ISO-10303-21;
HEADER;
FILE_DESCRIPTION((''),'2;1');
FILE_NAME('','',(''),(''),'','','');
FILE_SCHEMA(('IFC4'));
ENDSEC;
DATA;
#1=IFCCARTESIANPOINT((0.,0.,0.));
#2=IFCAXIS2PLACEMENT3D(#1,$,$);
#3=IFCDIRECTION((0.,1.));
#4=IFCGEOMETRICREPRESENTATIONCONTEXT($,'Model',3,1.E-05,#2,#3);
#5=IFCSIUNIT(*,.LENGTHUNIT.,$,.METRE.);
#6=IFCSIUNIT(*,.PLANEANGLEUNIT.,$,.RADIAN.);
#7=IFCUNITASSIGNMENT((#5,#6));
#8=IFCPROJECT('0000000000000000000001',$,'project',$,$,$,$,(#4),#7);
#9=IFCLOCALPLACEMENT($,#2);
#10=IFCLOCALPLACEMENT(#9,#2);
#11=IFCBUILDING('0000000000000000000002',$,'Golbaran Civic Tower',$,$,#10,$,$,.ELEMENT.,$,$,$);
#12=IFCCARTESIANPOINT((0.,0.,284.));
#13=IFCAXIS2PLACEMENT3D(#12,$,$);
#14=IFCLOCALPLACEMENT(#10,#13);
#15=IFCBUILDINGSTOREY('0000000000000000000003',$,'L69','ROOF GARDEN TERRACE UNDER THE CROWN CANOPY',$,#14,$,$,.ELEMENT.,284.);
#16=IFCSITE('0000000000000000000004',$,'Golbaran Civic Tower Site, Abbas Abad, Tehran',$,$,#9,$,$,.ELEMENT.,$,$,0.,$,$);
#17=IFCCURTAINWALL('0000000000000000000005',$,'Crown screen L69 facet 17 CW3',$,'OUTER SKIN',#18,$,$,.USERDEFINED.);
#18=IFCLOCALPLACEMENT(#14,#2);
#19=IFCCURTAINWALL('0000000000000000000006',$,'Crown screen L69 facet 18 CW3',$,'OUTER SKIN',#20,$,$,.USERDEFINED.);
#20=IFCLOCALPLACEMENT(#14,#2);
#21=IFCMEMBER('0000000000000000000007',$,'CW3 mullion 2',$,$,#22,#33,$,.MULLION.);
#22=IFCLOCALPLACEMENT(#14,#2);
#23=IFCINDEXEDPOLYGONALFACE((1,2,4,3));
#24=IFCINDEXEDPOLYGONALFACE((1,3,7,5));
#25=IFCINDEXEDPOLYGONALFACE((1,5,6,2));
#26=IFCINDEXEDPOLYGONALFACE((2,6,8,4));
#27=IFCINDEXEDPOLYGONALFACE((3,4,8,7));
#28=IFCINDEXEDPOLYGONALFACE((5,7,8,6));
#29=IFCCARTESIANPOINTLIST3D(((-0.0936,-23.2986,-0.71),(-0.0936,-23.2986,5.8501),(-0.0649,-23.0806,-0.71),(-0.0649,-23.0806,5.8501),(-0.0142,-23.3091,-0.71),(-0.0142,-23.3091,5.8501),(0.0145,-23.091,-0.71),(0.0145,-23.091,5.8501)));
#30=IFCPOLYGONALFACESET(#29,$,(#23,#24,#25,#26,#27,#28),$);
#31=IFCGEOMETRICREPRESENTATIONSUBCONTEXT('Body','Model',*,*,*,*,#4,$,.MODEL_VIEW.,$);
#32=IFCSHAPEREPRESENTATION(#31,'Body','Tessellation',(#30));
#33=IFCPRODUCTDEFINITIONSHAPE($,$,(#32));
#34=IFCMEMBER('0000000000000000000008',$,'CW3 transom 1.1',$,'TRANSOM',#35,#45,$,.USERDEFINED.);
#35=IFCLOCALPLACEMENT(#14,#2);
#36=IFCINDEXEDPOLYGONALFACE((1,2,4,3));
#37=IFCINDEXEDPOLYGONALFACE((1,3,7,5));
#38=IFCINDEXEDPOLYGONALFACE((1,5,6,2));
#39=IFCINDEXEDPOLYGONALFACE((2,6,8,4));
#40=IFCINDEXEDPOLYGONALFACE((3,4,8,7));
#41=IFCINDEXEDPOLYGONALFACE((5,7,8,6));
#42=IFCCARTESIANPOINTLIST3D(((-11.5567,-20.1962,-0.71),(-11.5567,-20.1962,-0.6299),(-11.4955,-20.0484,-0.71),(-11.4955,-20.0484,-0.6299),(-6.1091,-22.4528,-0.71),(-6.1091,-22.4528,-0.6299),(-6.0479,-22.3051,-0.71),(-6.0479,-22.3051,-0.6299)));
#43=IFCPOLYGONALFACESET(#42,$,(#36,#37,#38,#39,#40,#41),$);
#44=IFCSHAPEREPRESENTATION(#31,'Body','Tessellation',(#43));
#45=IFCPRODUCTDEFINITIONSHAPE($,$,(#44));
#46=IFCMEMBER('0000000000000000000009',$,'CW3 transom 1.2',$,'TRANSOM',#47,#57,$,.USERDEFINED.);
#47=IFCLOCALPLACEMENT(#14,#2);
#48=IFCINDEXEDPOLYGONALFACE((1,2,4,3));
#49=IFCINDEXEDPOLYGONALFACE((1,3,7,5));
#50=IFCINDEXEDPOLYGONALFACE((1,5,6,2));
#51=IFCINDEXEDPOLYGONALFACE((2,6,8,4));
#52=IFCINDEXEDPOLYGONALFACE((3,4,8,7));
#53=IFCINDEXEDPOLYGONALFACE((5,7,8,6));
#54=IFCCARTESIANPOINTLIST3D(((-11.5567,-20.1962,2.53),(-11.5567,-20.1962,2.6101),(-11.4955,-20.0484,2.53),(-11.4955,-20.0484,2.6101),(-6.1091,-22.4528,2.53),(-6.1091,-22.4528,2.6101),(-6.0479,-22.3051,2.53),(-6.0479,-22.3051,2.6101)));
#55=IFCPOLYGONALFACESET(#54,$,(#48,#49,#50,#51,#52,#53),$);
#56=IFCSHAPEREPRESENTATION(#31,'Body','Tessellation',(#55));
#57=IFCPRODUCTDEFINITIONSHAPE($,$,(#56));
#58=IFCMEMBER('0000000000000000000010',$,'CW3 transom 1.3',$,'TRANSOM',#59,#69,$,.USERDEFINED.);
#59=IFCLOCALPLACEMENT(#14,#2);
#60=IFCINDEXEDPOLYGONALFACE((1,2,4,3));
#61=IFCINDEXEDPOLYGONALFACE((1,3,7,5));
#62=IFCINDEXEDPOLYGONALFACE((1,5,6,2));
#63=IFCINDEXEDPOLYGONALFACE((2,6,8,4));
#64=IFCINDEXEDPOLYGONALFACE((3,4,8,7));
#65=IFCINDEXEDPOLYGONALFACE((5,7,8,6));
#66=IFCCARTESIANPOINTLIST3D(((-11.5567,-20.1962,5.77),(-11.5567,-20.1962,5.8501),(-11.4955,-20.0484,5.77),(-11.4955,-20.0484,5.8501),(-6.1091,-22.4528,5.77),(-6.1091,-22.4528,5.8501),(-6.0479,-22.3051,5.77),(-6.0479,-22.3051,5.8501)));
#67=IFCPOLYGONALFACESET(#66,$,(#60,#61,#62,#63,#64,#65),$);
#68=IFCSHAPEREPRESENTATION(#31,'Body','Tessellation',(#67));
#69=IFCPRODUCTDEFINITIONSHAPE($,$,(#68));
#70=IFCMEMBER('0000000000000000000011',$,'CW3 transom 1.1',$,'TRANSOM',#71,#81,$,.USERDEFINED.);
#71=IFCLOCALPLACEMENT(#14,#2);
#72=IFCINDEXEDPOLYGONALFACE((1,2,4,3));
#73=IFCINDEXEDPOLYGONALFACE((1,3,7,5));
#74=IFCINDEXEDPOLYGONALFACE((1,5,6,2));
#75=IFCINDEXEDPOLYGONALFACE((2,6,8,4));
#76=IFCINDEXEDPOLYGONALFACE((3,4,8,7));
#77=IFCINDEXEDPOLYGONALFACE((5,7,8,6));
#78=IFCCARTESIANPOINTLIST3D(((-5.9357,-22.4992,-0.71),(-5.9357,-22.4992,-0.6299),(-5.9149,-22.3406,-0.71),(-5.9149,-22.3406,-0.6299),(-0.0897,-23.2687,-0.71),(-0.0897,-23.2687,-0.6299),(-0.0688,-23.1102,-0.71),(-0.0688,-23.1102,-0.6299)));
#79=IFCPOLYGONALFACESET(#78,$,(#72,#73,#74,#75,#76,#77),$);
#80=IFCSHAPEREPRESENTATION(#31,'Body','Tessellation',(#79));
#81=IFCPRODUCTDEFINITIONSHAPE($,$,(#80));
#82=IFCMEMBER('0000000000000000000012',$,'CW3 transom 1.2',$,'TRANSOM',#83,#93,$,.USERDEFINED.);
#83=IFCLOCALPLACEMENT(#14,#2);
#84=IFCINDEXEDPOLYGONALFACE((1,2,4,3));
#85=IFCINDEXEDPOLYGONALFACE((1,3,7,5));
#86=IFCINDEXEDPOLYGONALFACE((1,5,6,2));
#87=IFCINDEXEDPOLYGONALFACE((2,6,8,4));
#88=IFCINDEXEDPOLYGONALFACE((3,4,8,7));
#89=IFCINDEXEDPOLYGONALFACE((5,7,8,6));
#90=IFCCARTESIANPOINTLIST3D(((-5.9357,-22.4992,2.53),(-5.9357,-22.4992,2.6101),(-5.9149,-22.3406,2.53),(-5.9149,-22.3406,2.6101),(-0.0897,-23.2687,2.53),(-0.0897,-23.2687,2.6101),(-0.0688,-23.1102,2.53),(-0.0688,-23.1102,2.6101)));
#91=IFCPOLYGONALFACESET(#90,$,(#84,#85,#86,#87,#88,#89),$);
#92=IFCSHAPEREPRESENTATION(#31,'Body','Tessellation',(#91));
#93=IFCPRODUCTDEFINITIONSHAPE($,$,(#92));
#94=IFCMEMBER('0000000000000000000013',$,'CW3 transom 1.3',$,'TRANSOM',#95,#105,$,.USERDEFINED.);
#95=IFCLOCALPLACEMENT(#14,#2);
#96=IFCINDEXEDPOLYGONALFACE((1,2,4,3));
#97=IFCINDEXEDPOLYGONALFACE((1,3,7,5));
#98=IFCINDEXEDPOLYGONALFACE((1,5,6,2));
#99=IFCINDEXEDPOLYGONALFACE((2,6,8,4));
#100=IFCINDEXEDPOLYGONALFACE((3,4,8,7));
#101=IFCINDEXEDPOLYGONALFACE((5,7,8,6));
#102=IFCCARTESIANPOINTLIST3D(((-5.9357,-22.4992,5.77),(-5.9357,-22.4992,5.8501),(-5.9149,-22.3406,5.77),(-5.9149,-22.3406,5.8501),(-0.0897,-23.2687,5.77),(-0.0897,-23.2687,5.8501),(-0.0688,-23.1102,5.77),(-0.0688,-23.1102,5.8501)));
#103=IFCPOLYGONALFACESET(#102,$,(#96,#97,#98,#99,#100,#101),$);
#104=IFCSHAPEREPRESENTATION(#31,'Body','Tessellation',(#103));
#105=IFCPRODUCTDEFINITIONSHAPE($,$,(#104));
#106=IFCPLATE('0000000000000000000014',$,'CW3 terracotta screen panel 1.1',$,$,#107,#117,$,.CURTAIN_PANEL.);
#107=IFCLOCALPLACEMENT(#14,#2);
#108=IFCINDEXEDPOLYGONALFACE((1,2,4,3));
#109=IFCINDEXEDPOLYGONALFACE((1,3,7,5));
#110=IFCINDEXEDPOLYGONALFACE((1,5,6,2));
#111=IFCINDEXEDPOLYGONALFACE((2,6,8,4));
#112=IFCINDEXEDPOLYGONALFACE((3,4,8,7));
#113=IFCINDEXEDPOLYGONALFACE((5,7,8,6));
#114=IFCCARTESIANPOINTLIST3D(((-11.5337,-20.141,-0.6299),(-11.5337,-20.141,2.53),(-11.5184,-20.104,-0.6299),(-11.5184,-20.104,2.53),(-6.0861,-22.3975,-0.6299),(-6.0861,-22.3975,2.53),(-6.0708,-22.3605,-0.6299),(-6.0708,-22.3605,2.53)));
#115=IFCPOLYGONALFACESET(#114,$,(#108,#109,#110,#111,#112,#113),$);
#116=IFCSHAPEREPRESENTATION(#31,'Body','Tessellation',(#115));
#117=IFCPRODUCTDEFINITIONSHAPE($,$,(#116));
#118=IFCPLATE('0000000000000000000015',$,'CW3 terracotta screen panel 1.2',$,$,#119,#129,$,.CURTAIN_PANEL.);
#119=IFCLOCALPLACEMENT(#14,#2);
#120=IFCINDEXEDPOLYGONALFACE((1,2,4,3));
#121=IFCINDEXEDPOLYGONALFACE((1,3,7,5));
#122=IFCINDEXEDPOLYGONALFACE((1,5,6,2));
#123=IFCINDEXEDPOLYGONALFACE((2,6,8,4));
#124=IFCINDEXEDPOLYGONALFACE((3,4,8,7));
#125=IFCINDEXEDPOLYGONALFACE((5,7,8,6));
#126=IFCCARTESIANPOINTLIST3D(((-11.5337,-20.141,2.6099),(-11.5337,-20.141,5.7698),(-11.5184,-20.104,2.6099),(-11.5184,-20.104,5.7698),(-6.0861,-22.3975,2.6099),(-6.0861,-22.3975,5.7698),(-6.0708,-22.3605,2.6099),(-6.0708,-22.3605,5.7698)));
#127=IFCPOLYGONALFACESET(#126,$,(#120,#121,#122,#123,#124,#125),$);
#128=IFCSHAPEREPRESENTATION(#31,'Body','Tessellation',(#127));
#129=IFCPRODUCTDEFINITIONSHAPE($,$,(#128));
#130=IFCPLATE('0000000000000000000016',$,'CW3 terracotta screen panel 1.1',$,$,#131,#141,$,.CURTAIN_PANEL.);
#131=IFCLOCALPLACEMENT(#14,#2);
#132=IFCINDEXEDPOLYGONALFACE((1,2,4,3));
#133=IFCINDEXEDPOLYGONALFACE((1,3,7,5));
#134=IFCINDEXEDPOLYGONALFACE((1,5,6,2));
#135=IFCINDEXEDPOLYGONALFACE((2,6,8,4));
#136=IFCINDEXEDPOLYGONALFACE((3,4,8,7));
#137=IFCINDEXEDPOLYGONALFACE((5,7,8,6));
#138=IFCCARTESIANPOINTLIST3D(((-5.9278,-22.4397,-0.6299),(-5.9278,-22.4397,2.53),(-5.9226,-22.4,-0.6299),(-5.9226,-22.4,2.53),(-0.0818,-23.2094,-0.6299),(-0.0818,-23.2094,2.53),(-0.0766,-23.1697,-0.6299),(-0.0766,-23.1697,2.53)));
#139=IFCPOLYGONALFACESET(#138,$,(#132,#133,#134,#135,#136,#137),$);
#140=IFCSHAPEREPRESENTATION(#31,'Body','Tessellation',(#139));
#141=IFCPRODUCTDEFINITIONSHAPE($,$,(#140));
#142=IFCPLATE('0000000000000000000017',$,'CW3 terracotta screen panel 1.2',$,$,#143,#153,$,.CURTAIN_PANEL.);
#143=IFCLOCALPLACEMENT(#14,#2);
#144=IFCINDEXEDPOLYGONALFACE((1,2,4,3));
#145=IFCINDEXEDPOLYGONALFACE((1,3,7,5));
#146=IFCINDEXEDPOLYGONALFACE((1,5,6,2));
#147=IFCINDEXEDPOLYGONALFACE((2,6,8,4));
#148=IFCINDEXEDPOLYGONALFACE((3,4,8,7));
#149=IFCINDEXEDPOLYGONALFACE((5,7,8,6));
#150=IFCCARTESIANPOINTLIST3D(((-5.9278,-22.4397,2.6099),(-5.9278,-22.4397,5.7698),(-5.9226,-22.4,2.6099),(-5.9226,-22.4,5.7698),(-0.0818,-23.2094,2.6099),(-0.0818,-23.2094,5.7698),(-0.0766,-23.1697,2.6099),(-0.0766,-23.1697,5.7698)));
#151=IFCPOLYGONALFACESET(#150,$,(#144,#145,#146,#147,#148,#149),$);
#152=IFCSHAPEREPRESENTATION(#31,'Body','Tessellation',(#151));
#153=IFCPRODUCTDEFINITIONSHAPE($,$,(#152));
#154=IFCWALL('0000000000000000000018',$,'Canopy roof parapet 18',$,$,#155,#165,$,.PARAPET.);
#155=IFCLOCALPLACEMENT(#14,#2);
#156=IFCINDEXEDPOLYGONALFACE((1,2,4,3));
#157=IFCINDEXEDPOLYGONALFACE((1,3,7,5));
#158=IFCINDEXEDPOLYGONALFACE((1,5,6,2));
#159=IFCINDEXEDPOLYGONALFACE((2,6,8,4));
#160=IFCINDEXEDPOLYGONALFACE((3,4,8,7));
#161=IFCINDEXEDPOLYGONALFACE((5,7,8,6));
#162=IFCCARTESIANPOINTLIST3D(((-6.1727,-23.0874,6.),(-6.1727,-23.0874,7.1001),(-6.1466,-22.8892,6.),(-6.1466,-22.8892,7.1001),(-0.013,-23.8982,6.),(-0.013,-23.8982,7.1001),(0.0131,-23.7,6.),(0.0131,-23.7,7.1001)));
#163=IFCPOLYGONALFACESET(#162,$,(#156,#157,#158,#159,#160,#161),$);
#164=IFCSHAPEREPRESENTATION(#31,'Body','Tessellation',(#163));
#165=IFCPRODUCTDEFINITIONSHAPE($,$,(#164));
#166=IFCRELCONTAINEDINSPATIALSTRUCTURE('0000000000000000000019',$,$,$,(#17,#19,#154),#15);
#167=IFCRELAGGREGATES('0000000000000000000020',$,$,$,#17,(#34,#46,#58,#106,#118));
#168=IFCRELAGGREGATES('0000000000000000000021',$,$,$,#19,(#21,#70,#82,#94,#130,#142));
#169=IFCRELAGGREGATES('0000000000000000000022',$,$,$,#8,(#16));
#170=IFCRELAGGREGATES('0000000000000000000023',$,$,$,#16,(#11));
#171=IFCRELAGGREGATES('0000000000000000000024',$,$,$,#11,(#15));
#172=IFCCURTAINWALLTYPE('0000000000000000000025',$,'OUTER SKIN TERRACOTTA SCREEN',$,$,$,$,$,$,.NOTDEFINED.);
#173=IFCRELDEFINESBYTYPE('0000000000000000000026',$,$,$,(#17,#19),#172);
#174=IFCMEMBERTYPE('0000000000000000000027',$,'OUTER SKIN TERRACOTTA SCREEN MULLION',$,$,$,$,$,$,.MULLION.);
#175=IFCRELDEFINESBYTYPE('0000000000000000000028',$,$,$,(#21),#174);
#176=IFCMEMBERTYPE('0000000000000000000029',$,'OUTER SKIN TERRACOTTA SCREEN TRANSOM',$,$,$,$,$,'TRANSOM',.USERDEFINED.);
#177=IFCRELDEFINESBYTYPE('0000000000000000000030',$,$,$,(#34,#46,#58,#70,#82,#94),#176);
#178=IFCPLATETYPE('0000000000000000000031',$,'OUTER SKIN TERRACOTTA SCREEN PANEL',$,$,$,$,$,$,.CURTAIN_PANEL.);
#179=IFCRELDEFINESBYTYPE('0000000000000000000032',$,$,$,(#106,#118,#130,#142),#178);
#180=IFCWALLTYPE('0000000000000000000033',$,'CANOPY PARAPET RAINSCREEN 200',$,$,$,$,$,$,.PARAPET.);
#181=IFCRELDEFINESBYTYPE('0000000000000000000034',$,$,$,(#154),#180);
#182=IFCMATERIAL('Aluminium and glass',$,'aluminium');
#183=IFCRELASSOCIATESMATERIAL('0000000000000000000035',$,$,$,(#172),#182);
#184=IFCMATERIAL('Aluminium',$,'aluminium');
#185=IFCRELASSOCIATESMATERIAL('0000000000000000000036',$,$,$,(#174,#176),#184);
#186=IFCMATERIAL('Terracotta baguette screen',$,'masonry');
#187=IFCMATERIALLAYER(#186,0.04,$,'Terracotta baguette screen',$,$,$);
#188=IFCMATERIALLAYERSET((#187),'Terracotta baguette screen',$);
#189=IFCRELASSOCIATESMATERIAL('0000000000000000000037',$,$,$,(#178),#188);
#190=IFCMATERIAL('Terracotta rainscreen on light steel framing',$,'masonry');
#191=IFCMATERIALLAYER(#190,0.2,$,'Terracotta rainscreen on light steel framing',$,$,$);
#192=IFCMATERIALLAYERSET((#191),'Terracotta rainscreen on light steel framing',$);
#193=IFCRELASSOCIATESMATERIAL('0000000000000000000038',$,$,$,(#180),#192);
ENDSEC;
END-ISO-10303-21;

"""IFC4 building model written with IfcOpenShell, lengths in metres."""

from ifc_helpers import new_model, si_unit, direction, frame, frame_2d, origin, origin_2d, place, context, subcontext, project, spatial, rectangle, extrude, material, layer, layer_set, material_profile, profile_set, type_object, element, aggregate, save


model = new_model("IFC4")

# Units and contexts
model_context = context("Model", 3, precision=1e-05, world=origin(), true_north=direction((0.0, 1.0)))
body_context = subcontext(model_context, "Body", "Model", "MODEL_VIEW")
ifc_project = project(units=[si_unit("LENGTHUNIT", "METRE"), si_unit("PLANEANGLEUNIT", "RADIAN")], contexts=[model_context])

# Site, building, storey
site_placement = place(None, origin())
site = spatial("IfcSite", under=ifc_project, at=site_placement, Name="Golbaran Civic Tower Site, Abbas Abad, Tehran", CompositionType="ELEMENT", RefElevation=0.0)
building_placement = place(site_placement, origin())
building = spatial("IfcBuilding", under=site, at=building_placement, Name="Golbaran Civic Tower", CompositionType="ELEMENT")
storey_placement = place(building_placement, frame((0.0, 0.0, 284.0)))
storey = spatial("IfcBuildingStorey", under=building, at=storey_placement, Name="L69", Description="ROOF GARDEN TERRACE UNDER THE CROWN CANOPY", CompositionType="ELEMENT", Elevation=284.0)

# Curtain walls, member
ifc_material_1 = material(Name="Aluminium and glass", Category="aluminium")
curtain_wall_type = type_object("IfcCurtainWallType", Name="OUTER SKIN TERRACOTTA SCREEN", PredefinedType="NOTDEFINED", material=ifc_material_1)
curtain_wall_1_placement = place(storey_placement, origin())
curtain_wall_1 = element("IfcCurtainWall", 1, at=curtain_wall_1_placement, inside=storey, type_object=curtain_wall_type, Name="Crown screen L69 facet 17 CW3", ObjectType="OUTER SKIN", PredefinedType="USERDEFINED")
ifc_material_2 = material(Name="Aluminium", Category="aluminium")
ifc_material_profile_1 = material_profile(ifc_material_2, rectangle(XDim=0.22, YDim=0.0801, at=origin_2d()), Name="OUTER SKIN TERRACOTTA SCREEN MULLION")
ifc_profile_set_1 = profile_set([ifc_material_profile_1], Name="Aluminium")
member_type_1 = type_object("IfcMemberType", Name="OUTER SKIN TERRACOTTA SCREEN MULLION", PredefinedType="MULLION", material=ifc_profile_set_1)
curtain_wall_2_placement = place(storey_placement, origin())
curtain_wall_2 = element("IfcCurtainWall", 2, at=curtain_wall_2_placement, inside=storey, type_object=curtain_wall_type, Name="Crown screen L69 facet 18 CW3", ObjectType="OUTER SKIN", PredefinedType="USERDEFINED")
member_1_placement = place(storey_placement, frame((-0.0396, -23.1948, -0.71), z_axis=(0.0, 0.0, 1.0), x_axis=(0.130526, 0.991445, 0.0)))
member_1 = element("IfcMember", 3, at=member_1_placement, type_object=member_type_1, Name="CW3 mullion 2", PredefinedType="MULLION", context=body_context, shape_type="SweptSolid", body=[
    extrude(rectangle(XDim=0.22, YDim=0.0801, at=origin_2d()), origin(), (0.0, 0.0, 1.0), 6.5601),
])

# Members
ifc_material_profile_2 = material_profile(ifc_material_2, rectangle(XDim=0.1599, YDim=0.0801, at=origin_2d()), Name="OUTER SKIN TERRACOTTA SCREEN TRANSOM")
ifc_profile_set_2 = profile_set([ifc_material_profile_2], Name="Aluminium")
member_type_2 = type_object("IfcMemberType", Name="OUTER SKIN TERRACOTTA SCREEN TRANSOM", ElementType="TRANSOM", PredefinedType="USERDEFINED", material=ifc_profile_set_2)
member_2_placement = place(storey_placement, frame((-11.5261, -20.1223, -0.6699), z_axis=(0.92387, -0.382707, 0.0), x_axis=(0.382707, 0.92387, 0.0)))
member_2 = element("IfcMember", 4, at=member_2_placement, type_object=member_type_2, Name="CW3 transom 1.1", ObjectType="TRANSOM", PredefinedType="USERDEFINED", context=body_context, shape_type="SweptSolid", body=[
    extrude(rectangle(XDim=0.1599, YDim=0.0801, at=origin_2d()), origin(), (0.0, 0.0, 1.0), 5.8965),
])
member_3_placement = place(storey_placement, frame((-11.5261, -20.1223, 2.5701), z_axis=(0.92387, -0.382707, 0.0), x_axis=(0.382707, 0.92387, 0.0)))
member_3 = element("IfcMember", 5, at=member_3_placement, type_object=member_type_2, Name="CW3 transom 1.2", ObjectType="TRANSOM", PredefinedType="USERDEFINED", context=body_context, shape_type="SweptSolid", body=[
    extrude(rectangle(XDim=0.1599, YDim=0.0801, at=origin_2d()), origin(), (0.0, 0.0, 1.0), 5.8965),
])
member_4_placement = place(storey_placement, frame((-11.5261, -20.1223, 5.8101), z_axis=(0.92387, -0.382707, 0.0), x_axis=(0.382707, 0.92387, 0.0)))
member_4 = element("IfcMember", 6, at=member_4_placement, type_object=member_type_2, Name="CW3 transom 1.3", ObjectType="TRANSOM", PredefinedType="USERDEFINED", context=body_context, shape_type="SweptSolid", body=[
    extrude(rectangle(XDim=0.1599, YDim=0.0801, at=origin_2d()), origin(), (0.0, 0.0, 1.0), 5.8965),
])
member_5_placement = place(storey_placement, frame((-5.9253, -22.4199, -0.6699), z_axis=(0.991447, -0.130509, 0.0), x_axis=(0.130509, 0.991447, 0.0)))
member_5 = element("IfcMember", 7, at=member_5_placement, type_object=member_type_2, Name="CW3 transom 1.1", ObjectType="TRANSOM", PredefinedType="USERDEFINED", context=body_context, shape_type="SweptSolid", body=[
    extrude(rectangle(XDim=0.1599, YDim=0.0801, at=origin_2d()), origin(), (0.0, 0.0, 1.0), 5.8965),
])
member_6_placement = place(storey_placement, frame((-5.9253, -22.4199, 2.5701), z_axis=(0.991447, -0.130509, 0.0), x_axis=(0.130509, 0.991447, 0.0)))
member_6 = element("IfcMember", 8, at=member_6_placement, type_object=member_type_2, Name="CW3 transom 1.2", ObjectType="TRANSOM", PredefinedType="USERDEFINED", context=body_context, shape_type="SweptSolid", body=[
    extrude(rectangle(XDim=0.1599, YDim=0.0801, at=origin_2d()), origin(), (0.0, 0.0, 1.0), 5.8965),
])
member_7_placement = place(storey_placement, frame((-5.9253, -22.4199, 5.8101), z_axis=(0.991447, -0.130509, 0.0), x_axis=(0.130509, 0.991447, 0.0)))
member_7 = element("IfcMember", 9, at=member_7_placement, type_object=member_type_2, Name="CW3 transom 1.3", ObjectType="TRANSOM", PredefinedType="USERDEFINED", context=body_context, shape_type="SweptSolid", body=[
    extrude(rectangle(XDim=0.1599, YDim=0.0801, at=origin_2d()), origin(), (0.0, 0.0, 1.0), 5.8965),
])

# Plates
ifc_material_3 = material(Name="Terracotta baguette screen", Category="masonry")
ifc_layer_1 = layer(ifc_material_3, 0.04, Name="Terracotta baguette screen")
ifc_layer_set_1 = layer_set([ifc_layer_1], Name="Terracotta baguette screen")
plate_type = type_object("IfcPlateType", Name="OUTER SKIN TERRACOTTA SCREEN PANEL", PredefinedType="CURTAIN_PANEL", material=ifc_layer_set_1)
plate_1_placement = place(storey_placement, frame((-8.8022, -21.2507, -0.6299), z_axis=(0.0, 0.0, 1.0), x_axis=(0.92388, -0.382683, 0.0)))
plate_1 = element("IfcPlate", 10, at=plate_1_placement, type_object=plate_type, Name="CW3 terracotta screen panel 1.1", PredefinedType="CURTAIN_PANEL", context=body_context, shape_type="SweptSolid", body=[
    extrude(rectangle(XDim=5.8965, YDim=0.04, at=origin_2d()), origin(), (0.0, 0.0, 1.0), 3.1599),
])
plate_2_placement = place(storey_placement, frame((-8.8022, -21.2507, 2.6099), z_axis=(0.0, 0.0, 1.0), x_axis=(0.92388, -0.382683, 0.0)))
plate_2 = element("IfcPlate", 11, at=plate_2_placement, type_object=plate_type, Name="CW3 terracotta screen panel 1.2", PredefinedType="CURTAIN_PANEL", context=body_context, shape_type="SweptSolid", body=[
    extrude(rectangle(XDim=5.8965, YDim=0.04, at=origin_2d()), origin(), (0.0, 0.0, 1.0), 3.1599),
])
aggregate(curtain_wall_1, [member_2, member_3, member_4, plate_1, plate_2])
plate_3_placement = place(storey_placement, frame((-3.0022, -22.8047, -0.6299), z_axis=(0.0, 0.0, 1.0), x_axis=(0.991445, -0.130526, 0.0)))
plate_3 = element("IfcPlate", 12, at=plate_3_placement, type_object=plate_type, Name="CW3 terracotta screen panel 1.1", PredefinedType="CURTAIN_PANEL", context=body_context, shape_type="SweptSolid", body=[
    extrude(rectangle(XDim=5.8965, YDim=0.04, at=origin_2d()), origin(), (0.0, 0.0, 1.0), 3.1599),
])
plate_4_placement = place(storey_placement, frame((-3.0022, -22.8047, 2.6099), z_axis=(0.0, 0.0, 1.0), x_axis=(0.991445, -0.130526, 0.0)))
plate_4 = element("IfcPlate", 13, at=plate_4_placement, type_object=plate_type, Name="CW3 terracotta screen panel 1.2", PredefinedType="CURTAIN_PANEL", context=body_context, shape_type="SweptSolid", body=[
    extrude(rectangle(XDim=5.8965, YDim=0.04, at=origin_2d()), origin(), (0.0, 0.0, 1.0), 3.1599),
])
aggregate(curtain_wall_2, [member_1, member_5, member_6, member_7, plate_3, plate_4])

# Wall
ifc_material_4 = material(Name="Terracotta rainscreen on light steel framing", Category="masonry")
ifc_layer_2 = layer(ifc_material_4, 0.2, Name="Terracotta rainscreen on light steel framing")
ifc_layer_set_2 = layer_set([ifc_layer_2], Name="Terracotta rainscreen on light steel framing")
wall_type = type_object("IfcWallType", Name="CANOPY PARAPET RAINSCREEN 200", PredefinedType="PARAPET", material=ifc_layer_set_2)
wall_placement = place(storey_placement, frame((-6.1597, -22.9883, 6.0), z_axis=(0.0, 0.0, 1.0), x_axis=(0.991448, -0.130503, 0.0)))
element("IfcWall", 14, at=wall_placement, inside=storey, type_object=wall_type, Name="Canopy roof parapet 18", PredefinedType="PARAPET", context=body_context, shape_type="SweptSolid", body=[
    extrude(rectangle(XDim=6.2129, YDim=0.2, at=frame_2d((3.1064, 0.0))), origin(), (0.0, 0.0, 1.0), 1.1001),
])

save(model, "model.ifc")
